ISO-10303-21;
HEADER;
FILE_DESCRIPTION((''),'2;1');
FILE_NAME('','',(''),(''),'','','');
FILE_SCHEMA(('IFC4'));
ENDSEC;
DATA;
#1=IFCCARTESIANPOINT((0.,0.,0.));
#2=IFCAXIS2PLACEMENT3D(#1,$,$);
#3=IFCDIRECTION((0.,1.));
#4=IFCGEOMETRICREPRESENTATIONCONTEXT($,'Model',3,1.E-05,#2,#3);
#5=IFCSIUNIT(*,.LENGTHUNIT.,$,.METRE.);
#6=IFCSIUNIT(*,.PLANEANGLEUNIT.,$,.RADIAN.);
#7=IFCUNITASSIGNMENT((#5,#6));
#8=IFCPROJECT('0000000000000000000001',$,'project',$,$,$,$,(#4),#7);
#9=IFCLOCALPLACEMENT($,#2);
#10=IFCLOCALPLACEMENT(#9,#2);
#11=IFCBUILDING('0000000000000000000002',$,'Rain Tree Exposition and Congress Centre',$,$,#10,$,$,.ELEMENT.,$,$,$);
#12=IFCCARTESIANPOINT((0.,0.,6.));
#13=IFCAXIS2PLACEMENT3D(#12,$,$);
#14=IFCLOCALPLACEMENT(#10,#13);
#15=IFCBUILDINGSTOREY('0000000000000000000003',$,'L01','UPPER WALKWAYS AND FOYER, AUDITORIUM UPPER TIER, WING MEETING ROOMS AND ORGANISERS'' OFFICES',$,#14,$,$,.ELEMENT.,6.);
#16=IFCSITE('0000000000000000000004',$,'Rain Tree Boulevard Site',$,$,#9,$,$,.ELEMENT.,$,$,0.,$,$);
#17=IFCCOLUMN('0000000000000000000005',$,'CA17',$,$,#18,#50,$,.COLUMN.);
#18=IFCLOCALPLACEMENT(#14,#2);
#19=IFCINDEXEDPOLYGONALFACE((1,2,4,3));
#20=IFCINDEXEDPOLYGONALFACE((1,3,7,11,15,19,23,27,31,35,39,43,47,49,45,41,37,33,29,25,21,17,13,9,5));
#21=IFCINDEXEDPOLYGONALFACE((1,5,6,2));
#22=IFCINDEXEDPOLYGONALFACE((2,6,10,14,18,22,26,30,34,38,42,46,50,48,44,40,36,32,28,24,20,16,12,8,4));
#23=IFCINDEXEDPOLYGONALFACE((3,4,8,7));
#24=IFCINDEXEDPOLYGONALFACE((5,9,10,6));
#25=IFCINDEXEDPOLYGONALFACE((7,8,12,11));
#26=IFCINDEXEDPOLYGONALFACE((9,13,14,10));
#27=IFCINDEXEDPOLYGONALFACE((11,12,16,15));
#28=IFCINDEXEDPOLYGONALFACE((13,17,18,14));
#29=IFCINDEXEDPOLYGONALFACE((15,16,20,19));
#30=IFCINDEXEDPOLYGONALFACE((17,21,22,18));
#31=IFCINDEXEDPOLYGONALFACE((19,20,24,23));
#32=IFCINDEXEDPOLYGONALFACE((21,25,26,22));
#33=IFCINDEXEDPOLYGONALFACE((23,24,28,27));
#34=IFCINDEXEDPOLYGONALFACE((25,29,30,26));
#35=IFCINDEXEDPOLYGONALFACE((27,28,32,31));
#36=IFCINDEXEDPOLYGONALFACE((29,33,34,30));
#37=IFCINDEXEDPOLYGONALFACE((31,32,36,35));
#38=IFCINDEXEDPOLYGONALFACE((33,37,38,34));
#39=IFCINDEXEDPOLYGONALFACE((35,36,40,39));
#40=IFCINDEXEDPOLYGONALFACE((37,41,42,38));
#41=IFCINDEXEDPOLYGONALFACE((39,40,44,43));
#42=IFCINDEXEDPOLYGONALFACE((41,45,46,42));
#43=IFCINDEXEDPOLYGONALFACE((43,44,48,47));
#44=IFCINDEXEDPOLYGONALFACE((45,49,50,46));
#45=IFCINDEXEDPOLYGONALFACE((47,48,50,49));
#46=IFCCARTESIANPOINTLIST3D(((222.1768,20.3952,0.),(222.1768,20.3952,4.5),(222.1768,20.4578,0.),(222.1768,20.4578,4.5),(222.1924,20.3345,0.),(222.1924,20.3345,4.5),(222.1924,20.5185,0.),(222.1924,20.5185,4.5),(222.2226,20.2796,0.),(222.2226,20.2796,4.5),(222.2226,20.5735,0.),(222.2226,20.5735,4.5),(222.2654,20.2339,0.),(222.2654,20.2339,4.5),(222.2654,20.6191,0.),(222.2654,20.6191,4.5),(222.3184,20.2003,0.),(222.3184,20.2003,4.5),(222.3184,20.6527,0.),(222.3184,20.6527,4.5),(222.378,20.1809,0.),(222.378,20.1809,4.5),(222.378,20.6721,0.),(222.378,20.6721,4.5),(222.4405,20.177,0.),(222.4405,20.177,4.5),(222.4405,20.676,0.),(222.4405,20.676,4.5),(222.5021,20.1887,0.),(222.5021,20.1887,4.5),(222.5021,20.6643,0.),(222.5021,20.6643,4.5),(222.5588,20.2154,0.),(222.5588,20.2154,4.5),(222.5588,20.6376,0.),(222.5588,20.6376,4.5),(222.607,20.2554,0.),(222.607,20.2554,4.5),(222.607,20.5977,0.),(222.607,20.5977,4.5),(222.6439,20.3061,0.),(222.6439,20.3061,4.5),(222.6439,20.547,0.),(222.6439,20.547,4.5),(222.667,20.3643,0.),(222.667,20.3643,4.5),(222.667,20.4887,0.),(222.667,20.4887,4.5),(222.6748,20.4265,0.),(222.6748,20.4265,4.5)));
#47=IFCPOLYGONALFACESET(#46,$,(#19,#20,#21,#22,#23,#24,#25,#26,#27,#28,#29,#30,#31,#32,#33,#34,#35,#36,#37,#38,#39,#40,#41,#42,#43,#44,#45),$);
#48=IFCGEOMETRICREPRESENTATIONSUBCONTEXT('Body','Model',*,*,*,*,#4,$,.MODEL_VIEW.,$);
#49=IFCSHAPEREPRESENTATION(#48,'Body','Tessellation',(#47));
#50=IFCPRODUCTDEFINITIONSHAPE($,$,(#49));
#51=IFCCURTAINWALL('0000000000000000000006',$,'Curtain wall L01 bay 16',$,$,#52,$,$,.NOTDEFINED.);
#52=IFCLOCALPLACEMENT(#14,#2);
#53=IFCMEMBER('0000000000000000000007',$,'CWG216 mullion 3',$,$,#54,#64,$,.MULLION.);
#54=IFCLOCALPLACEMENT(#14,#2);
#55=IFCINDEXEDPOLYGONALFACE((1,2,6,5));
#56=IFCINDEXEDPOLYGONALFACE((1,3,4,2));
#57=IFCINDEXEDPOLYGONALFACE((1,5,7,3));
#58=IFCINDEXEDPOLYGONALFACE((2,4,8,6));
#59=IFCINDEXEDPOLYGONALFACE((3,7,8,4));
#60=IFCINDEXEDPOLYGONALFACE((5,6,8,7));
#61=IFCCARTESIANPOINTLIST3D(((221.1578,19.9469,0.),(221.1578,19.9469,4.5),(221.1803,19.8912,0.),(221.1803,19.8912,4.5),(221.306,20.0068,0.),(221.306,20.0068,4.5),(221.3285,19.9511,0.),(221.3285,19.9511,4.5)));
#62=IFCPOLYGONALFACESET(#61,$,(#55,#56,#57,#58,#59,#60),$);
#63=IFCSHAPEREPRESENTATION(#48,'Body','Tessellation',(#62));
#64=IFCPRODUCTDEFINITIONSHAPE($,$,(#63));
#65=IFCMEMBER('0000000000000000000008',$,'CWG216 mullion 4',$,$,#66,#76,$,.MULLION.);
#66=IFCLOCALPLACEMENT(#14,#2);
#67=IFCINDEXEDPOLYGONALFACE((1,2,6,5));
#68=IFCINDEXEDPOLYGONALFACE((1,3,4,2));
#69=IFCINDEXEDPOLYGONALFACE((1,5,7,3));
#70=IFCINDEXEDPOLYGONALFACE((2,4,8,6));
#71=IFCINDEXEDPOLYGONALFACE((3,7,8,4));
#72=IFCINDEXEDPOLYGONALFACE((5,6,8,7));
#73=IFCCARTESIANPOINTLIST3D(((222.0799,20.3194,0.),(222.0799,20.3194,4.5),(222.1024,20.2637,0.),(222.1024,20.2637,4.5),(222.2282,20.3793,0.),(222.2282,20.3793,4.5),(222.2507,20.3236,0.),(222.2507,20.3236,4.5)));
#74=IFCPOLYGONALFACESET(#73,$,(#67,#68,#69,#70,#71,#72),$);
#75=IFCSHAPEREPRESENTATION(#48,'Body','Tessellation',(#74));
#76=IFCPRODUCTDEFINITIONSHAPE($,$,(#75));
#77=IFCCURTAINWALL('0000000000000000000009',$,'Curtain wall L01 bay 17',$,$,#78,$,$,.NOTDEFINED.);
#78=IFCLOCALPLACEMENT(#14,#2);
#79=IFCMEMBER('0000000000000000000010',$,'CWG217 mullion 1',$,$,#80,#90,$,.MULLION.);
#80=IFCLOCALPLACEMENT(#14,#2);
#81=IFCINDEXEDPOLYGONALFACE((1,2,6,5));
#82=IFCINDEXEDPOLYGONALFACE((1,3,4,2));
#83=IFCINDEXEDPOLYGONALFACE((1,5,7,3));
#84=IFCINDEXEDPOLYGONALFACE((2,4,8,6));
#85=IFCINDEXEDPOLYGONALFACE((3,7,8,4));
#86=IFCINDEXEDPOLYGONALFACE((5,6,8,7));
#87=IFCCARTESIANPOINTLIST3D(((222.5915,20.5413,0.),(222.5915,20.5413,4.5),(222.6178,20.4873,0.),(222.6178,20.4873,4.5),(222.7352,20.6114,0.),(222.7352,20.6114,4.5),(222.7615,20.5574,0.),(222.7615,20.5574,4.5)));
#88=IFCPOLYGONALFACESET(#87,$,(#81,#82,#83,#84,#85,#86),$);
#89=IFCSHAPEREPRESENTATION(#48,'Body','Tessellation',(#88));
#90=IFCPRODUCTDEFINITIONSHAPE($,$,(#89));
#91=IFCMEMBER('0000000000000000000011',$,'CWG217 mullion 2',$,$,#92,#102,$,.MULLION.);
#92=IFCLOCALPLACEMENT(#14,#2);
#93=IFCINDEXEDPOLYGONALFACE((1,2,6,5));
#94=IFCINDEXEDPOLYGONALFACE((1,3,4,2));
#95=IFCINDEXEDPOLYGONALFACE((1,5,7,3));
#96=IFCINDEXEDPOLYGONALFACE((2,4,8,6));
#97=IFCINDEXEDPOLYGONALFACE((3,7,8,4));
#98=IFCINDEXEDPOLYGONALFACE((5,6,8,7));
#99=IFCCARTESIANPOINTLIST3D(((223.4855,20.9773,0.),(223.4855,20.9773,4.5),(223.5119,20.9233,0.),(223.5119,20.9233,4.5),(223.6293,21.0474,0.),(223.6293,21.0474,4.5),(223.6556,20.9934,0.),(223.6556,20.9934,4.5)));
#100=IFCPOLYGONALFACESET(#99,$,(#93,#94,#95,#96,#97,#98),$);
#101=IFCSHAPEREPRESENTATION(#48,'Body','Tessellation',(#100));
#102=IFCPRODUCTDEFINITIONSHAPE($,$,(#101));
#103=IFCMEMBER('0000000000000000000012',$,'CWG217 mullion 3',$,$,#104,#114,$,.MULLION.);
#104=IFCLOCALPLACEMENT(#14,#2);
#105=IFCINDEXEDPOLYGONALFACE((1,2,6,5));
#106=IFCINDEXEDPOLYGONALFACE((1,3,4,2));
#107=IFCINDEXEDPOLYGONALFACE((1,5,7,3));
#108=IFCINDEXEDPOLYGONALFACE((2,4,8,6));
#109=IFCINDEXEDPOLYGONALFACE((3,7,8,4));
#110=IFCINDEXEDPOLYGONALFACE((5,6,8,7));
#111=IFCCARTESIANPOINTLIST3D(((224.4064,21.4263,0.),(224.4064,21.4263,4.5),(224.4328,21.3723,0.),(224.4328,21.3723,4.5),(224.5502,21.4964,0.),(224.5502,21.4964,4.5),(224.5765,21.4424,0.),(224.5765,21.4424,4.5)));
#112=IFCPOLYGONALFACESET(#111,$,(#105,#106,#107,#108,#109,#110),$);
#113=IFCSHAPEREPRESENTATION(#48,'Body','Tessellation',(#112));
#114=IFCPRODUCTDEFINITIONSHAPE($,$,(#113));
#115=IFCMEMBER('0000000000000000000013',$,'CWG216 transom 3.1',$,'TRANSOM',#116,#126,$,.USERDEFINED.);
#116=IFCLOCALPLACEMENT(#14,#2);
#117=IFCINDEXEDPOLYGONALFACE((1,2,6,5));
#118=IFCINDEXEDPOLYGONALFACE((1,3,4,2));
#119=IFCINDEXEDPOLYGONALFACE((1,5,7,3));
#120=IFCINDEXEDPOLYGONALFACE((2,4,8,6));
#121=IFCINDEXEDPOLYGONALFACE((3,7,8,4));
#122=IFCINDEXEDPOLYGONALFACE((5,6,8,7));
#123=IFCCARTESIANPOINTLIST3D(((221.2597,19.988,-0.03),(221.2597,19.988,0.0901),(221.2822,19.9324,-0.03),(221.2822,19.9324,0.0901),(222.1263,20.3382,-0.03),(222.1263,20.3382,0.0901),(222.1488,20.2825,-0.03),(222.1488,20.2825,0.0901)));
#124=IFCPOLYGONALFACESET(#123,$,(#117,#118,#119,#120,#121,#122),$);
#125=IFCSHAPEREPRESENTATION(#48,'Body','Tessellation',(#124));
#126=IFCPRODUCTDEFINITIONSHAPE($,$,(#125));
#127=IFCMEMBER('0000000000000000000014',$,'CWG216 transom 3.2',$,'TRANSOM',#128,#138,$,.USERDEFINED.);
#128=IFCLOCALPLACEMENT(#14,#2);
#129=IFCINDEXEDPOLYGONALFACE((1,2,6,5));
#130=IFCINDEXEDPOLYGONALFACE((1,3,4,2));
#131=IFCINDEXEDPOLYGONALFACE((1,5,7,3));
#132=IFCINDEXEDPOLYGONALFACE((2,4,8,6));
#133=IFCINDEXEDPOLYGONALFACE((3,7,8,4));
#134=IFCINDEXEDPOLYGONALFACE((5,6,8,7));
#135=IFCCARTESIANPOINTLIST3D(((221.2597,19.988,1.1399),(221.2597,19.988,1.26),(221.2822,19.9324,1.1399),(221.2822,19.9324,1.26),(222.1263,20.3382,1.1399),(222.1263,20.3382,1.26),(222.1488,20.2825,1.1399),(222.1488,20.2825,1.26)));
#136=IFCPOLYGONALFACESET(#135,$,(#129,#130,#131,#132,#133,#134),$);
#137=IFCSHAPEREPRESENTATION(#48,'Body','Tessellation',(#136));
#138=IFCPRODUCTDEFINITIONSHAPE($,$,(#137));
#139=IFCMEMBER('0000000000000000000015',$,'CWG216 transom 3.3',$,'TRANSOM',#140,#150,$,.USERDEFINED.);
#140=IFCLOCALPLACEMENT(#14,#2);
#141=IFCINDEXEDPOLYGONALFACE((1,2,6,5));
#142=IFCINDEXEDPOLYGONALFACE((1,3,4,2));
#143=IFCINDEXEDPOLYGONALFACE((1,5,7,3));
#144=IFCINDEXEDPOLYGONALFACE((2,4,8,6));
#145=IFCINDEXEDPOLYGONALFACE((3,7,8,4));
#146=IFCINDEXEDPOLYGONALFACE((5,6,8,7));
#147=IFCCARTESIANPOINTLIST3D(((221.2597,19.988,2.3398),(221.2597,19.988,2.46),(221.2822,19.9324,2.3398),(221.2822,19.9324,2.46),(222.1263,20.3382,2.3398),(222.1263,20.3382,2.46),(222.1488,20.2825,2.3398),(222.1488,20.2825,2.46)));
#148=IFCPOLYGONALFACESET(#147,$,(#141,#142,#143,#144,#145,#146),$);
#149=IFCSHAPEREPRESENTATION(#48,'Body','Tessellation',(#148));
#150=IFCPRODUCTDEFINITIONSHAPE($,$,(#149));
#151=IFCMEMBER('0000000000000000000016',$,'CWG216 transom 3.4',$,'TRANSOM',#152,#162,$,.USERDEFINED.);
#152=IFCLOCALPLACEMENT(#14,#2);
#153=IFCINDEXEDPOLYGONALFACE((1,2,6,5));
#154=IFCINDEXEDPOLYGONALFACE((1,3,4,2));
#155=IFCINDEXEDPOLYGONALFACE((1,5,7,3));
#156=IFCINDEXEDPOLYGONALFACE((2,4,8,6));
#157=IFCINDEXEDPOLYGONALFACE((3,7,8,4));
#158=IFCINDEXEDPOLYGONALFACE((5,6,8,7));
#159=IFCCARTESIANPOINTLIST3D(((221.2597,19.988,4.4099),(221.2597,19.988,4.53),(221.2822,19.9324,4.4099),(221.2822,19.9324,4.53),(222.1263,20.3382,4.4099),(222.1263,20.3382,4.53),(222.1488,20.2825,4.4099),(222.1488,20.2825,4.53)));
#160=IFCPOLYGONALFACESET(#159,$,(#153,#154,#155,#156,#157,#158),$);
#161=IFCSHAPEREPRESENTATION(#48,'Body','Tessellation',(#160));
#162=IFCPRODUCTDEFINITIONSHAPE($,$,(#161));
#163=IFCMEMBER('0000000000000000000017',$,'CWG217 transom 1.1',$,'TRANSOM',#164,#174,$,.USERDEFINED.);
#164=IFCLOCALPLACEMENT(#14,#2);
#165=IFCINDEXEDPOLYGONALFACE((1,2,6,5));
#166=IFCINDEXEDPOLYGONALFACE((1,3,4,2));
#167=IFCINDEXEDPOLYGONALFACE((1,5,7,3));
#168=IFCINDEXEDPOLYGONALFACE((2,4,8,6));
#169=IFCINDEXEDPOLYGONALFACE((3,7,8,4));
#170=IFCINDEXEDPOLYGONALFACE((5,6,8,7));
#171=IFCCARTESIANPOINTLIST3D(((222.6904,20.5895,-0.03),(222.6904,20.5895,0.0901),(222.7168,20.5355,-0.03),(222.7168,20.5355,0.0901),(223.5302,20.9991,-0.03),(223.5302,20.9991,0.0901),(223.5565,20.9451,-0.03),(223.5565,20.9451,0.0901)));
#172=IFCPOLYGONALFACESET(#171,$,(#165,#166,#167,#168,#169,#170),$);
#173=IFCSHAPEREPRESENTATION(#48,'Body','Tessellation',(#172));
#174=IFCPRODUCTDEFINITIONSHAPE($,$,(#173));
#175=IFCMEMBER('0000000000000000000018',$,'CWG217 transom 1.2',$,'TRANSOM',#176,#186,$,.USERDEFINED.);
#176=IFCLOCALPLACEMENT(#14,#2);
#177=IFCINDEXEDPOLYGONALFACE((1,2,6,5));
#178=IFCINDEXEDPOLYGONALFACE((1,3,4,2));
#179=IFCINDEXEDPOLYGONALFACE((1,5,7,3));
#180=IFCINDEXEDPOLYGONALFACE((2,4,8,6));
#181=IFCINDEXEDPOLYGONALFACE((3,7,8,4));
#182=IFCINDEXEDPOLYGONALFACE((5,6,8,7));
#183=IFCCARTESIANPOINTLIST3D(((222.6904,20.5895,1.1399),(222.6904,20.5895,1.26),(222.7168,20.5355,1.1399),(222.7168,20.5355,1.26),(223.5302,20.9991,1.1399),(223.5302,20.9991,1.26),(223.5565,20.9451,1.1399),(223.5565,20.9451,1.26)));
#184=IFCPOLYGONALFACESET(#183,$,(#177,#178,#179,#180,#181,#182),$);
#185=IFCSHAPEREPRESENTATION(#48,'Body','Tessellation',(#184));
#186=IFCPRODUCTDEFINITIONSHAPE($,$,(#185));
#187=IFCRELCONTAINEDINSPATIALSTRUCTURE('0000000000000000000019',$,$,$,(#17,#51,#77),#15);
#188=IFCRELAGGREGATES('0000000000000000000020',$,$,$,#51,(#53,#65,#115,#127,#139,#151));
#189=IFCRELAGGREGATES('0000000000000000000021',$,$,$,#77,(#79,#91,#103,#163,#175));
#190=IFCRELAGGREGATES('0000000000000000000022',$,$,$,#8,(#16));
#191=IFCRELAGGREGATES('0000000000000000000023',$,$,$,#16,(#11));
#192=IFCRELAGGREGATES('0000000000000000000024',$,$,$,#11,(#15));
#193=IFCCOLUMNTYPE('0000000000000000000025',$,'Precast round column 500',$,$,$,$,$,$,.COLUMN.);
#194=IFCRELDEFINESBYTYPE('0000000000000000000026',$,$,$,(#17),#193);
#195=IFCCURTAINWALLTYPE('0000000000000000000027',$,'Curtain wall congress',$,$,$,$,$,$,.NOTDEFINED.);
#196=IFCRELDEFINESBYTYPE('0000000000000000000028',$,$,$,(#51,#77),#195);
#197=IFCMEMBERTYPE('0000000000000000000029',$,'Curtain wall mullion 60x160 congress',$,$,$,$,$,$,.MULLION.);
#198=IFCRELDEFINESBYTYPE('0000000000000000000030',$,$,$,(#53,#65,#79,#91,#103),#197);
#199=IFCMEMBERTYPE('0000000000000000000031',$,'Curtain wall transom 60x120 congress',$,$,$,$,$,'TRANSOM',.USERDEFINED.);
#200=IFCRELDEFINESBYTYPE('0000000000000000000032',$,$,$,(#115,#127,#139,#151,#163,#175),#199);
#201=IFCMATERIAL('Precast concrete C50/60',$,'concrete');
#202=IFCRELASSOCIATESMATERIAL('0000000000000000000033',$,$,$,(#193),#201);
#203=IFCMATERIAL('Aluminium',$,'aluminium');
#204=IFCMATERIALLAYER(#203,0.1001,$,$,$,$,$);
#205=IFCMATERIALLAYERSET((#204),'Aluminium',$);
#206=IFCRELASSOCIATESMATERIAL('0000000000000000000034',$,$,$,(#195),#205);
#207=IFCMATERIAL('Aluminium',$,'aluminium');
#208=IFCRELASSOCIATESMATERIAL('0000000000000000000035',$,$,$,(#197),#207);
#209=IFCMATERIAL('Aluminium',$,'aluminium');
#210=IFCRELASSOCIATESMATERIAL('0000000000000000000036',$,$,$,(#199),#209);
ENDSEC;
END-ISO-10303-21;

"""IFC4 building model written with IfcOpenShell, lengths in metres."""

from ifc_helpers import new_model, si_unit, direction, frame, origin, origin_2d, place, context, subcontext, project, spatial, rectangle, circle, extrude, material, layer, layer_set, material_profile, profile_set, type_object, element, aggregate, save


model = new_model("IFC4")

# Units and contexts
model_context = context("Model", 3, precision=1e-05, world=origin(), true_north=direction((0.0, 1.0)))
body_context = subcontext(model_context, "Body", "Model", "MODEL_VIEW")
ifc_project = project(units=[si_unit("LENGTHUNIT", "METRE"), si_unit("PLANEANGLEUNIT", "RADIAN")], contexts=[model_context])

# Site, building, storey
site_placement = place(None, origin())
site = spatial("IfcSite", under=ifc_project, at=site_placement, Name="Rain Tree Boulevard Site", CompositionType="ELEMENT", RefElevation=0.0)
building_placement = place(site_placement, origin())
building = spatial("IfcBuilding", under=site, at=building_placement, Name="Rain Tree Exposition and Congress Centre", CompositionType="ELEMENT")
storey_placement = place(building_placement, frame((0.0, 0.0, 6.0)))
storey = spatial("IfcBuildingStorey", under=building, at=storey_placement, Name="L01", Description="UPPER WALKWAYS AND FOYER, AUDITORIUM UPPER TIER, WING MEETING ROOMS AND ORGANISERS' OFFICES", CompositionType="ELEMENT", Elevation=6.0)

# Column
ifc_material_1 = material(Name="Precast concrete C50/60", Category="concrete")
ifc_material_profile_1 = material_profile(ifc_material_1, circle(Radius=0.25, at=origin_2d()), Name="RC D500")
ifc_profile_set_1 = profile_set([ifc_material_profile_1], Name="Precast concrete C50/60")
column_type = type_object("IfcColumnType", Name="Precast round column 500", PredefinedType="COLUMN", material=ifc_profile_set_1)
column_placement = place(storey_placement, frame((222.4248, 20.4265, 0.0), z_axis=(0.0, 0.0, 1.0), x_axis=(1.0, 0.0, 0.0)))
element("IfcColumn", 1, at=column_placement, inside=storey, type_object=column_type, Name="CA17", PredefinedType="COLUMN", context=body_context, shape_type="SweptSolid", body=[
    extrude(circle(Radius=0.25, at=origin_2d()), origin(), (0.0, 0.0, 1.0), 4.5),
])

# Curtain walls, members
ifc_material_2 = material(Name="Aluminium", Category="aluminium")
ifc_layer_1 = layer(ifc_material_2, 0.1001)
ifc_layer_set_1 = layer_set([ifc_layer_1], Name="Aluminium")
curtain_wall_type = type_object("IfcCurtainWallType", Name="Curtain wall congress", PredefinedType="NOTDEFINED", material=ifc_layer_set_1)
curtain_wall_1_placement = place(storey_placement, origin())
curtain_wall_1 = element("IfcCurtainWall", 2, at=curtain_wall_1_placement, inside=storey, type_object=curtain_wall_type, Name="Curtain wall L01 bay 16", PredefinedType="NOTDEFINED")
ifc_material_3 = material(Name="Aluminium", Category="aluminium")
ifc_material_profile_2 = material_profile(ifc_material_3, rectangle(XDim=0.0601, YDim=0.1599, at=origin_2d()), Name="AL 60x160")
ifc_profile_set_2 = profile_set([ifc_material_profile_2], Name="Aluminium")
member_type_1 = type_object("IfcMemberType", Name="Curtain wall mullion 60x160 congress", PredefinedType="MULLION", material=ifc_profile_set_2)
member_1_placement = place(storey_placement, frame((221.2432, 19.949, 0.0), z_axis=(0.0, 0.0, 1.0), x_axis=(-0.374597, 0.927188, 0.0)))
member_1 = element("IfcMember", 3, at=member_1_placement, type_object=member_type_1, Name="CWG216 mullion 3", PredefinedType="MULLION", context=body_context, shape_type="SweptSolid", body=[
    extrude(rectangle(XDim=0.0601, YDim=0.1599, at=origin_2d()), origin(), (0.0, 0.0, 1.0), 4.5),
])
member_2_placement = place(storey_placement, frame((222.1653, 20.3215, 0.0), z_axis=(0.0, 0.0, 1.0), x_axis=(-0.374597, 0.927188, 0.0)))
member_2 = element("IfcMember", 4, at=member_2_placement, type_object=member_type_1, Name="CWG216 mullion 4", PredefinedType="MULLION", context=body_context, shape_type="SweptSolid", body=[
    extrude(rectangle(XDim=0.0601, YDim=0.1599, at=origin_2d()), origin(), (0.0, 0.0, 1.0), 4.5),
])
curtain_wall_2_placement = place(storey_placement, origin())
curtain_wall_2 = element("IfcCurtainWall", 5, at=curtain_wall_2_placement, inside=storey, type_object=curtain_wall_type, Name="Curtain wall L01 bay 17", PredefinedType="NOTDEFINED")
member_3_placement = place(storey_placement, frame((222.6765, 20.5493, 0.0), z_axis=(0.0, 0.0, 1.0), x_axis=(-0.438369, 0.898795, 0.0)))
member_3 = element("IfcMember", 6, at=member_3_placement, type_object=member_type_1, Name="CWG217 mullion 1", PredefinedType="MULLION", context=body_context, shape_type="SweptSolid", body=[
    extrude(rectangle(XDim=0.0601, YDim=0.1599, at=origin_2d()), origin(), (0.0, 0.0, 1.0), 4.5),
])
member_4_placement = place(storey_placement, frame((223.5706, 20.9854, 0.0), z_axis=(0.0, 0.0, 1.0), x_axis=(-0.438369, 0.898795, 0.0)))
member_4 = element("IfcMember", 7, at=member_4_placement, type_object=member_type_1, Name="CWG217 mullion 2", PredefinedType="MULLION", context=body_context, shape_type="SweptSolid", body=[
    extrude(rectangle(XDim=0.0601, YDim=0.1599, at=origin_2d()), origin(), (0.0, 0.0, 1.0), 4.5),
])
member_5_placement = place(storey_placement, frame((224.4915, 21.4343, 0.0), z_axis=(0.0, 0.0, 1.0), x_axis=(-0.438369, 0.898795, 0.0)))
member_5 = element("IfcMember", 8, at=member_5_placement, type_object=member_type_1, Name="CWG217 mullion 3", PredefinedType="MULLION", context=body_context, shape_type="SweptSolid", body=[
    extrude(rectangle(XDim=0.0601, YDim=0.1599, at=origin_2d()), origin(), (0.0, 0.0, 1.0), 4.5),
])

# Members
ifc_material_4 = material(Name="Aluminium", Category="aluminium")
ifc_material_profile_3 = material_profile(ifc_material_4, rectangle(XDim=0.0601, YDim=0.1201, at=origin_2d()), Name="AL 60x120")
ifc_profile_set_3 = profile_set([ifc_material_profile_3], Name="Aluminium")
member_type_2 = type_object("IfcMemberType", Name="Curtain wall transom 60x120 congress", ElementType="TRANSOM", PredefinedType="USERDEFINED", material=ifc_profile_set_3)
member_6_placement = place(storey_placement, frame((221.271, 19.9602, 0.03), z_axis=(0.927174, 0.374632, 0.0), x_axis=(-0.374632, 0.927174, 0.0)))
member_6 = element("IfcMember", 9, at=member_6_placement, type_object=member_type_2, Name="CWG216 transom 3.1", ObjectType="TRANSOM", PredefinedType="USERDEFINED", context=body_context, shape_type="SweptSolid", body=[
    extrude(rectangle(XDim=0.0601, YDim=0.1201, at=origin_2d()), origin(), (0.0, 0.0, 1.0), 0.9346),
])
member_7_placement = place(storey_placement, frame((221.271, 19.9602, 1.2), z_axis=(0.927174, 0.374632, 0.0), x_axis=(-0.374632, 0.927174, 0.0)))
member_7 = element("IfcMember", 10, at=member_7_placement, type_object=member_type_2, Name="CWG216 transom 3.2", ObjectType="TRANSOM", PredefinedType="USERDEFINED", context=body_context, shape_type="SweptSolid", body=[
    extrude(rectangle(XDim=0.0601, YDim=0.1201, at=origin_2d()), origin(), (0.0, 0.0, 1.0), 0.9346),
])
member_8_placement = place(storey_placement, frame((221.271, 19.9602, 2.3999), z_axis=(0.927174, 0.374632, 0.0), x_axis=(-0.374632, 0.927174, 0.0)))
member_8 = element("IfcMember", 11, at=member_8_placement, type_object=member_type_2, Name="CWG216 transom 3.3", ObjectType="TRANSOM", PredefinedType="USERDEFINED", context=body_context, shape_type="SweptSolid", body=[
    extrude(rectangle(XDim=0.0601, YDim=0.1201, at=origin_2d()), origin(), (0.0, 0.0, 1.0), 0.9346),
])
member_9_placement = place(storey_placement, frame((221.271, 19.9602, 4.47), z_axis=(0.927174, 0.374632, 0.0), x_axis=(-0.374632, 0.927174, 0.0)))
member_9 = element("IfcMember", 12, at=member_9_placement, type_object=member_type_2, Name="CWG216 transom 3.4", ObjectType="TRANSOM", PredefinedType="USERDEFINED", context=body_context, shape_type="SweptSolid", body=[
    extrude(rectangle(XDim=0.0601, YDim=0.1201, at=origin_2d()), origin(), (0.0, 0.0, 1.0), 0.9346),
])
member_10_placement = place(storey_placement, frame((222.7036, 20.5625, 0.03), z_axis=(0.898773, 0.438413, 0.0), x_axis=(-0.438413, 0.898773, 0.0)))
member_10 = element("IfcMember", 13, at=member_10_placement, type_object=member_type_2, Name="CWG217 transom 1.1", ObjectType="TRANSOM", PredefinedType="USERDEFINED", context=body_context, shape_type="SweptSolid", body=[
    extrude(rectangle(XDim=0.0601, YDim=0.1201, at=origin_2d()), origin(), (0.0, 0.0, 1.0), 0.9343),
])
member_11_placement = place(storey_placement, frame((222.7036, 20.5625, 1.2), z_axis=(0.898773, 0.438413, 0.0), x_axis=(-0.438413, 0.898773, 0.0)))
member_11 = element("IfcMember", 14, at=member_11_placement, type_object=member_type_2, Name="CWG217 transom 1.2", ObjectType="TRANSOM", PredefinedType="USERDEFINED", context=body_context, shape_type="SweptSolid", body=[
    extrude(rectangle(XDim=0.0601, YDim=0.1201, at=origin_2d()), origin(), (0.0, 0.0, 1.0), 0.9343),
])

aggregate(curtain_wall_1, [member_1, member_2, member_6, member_7, member_8, member_9])
aggregate(curtain_wall_2, [member_3, member_4, member_5, member_10, member_11])

save(model, "model.ifc")
